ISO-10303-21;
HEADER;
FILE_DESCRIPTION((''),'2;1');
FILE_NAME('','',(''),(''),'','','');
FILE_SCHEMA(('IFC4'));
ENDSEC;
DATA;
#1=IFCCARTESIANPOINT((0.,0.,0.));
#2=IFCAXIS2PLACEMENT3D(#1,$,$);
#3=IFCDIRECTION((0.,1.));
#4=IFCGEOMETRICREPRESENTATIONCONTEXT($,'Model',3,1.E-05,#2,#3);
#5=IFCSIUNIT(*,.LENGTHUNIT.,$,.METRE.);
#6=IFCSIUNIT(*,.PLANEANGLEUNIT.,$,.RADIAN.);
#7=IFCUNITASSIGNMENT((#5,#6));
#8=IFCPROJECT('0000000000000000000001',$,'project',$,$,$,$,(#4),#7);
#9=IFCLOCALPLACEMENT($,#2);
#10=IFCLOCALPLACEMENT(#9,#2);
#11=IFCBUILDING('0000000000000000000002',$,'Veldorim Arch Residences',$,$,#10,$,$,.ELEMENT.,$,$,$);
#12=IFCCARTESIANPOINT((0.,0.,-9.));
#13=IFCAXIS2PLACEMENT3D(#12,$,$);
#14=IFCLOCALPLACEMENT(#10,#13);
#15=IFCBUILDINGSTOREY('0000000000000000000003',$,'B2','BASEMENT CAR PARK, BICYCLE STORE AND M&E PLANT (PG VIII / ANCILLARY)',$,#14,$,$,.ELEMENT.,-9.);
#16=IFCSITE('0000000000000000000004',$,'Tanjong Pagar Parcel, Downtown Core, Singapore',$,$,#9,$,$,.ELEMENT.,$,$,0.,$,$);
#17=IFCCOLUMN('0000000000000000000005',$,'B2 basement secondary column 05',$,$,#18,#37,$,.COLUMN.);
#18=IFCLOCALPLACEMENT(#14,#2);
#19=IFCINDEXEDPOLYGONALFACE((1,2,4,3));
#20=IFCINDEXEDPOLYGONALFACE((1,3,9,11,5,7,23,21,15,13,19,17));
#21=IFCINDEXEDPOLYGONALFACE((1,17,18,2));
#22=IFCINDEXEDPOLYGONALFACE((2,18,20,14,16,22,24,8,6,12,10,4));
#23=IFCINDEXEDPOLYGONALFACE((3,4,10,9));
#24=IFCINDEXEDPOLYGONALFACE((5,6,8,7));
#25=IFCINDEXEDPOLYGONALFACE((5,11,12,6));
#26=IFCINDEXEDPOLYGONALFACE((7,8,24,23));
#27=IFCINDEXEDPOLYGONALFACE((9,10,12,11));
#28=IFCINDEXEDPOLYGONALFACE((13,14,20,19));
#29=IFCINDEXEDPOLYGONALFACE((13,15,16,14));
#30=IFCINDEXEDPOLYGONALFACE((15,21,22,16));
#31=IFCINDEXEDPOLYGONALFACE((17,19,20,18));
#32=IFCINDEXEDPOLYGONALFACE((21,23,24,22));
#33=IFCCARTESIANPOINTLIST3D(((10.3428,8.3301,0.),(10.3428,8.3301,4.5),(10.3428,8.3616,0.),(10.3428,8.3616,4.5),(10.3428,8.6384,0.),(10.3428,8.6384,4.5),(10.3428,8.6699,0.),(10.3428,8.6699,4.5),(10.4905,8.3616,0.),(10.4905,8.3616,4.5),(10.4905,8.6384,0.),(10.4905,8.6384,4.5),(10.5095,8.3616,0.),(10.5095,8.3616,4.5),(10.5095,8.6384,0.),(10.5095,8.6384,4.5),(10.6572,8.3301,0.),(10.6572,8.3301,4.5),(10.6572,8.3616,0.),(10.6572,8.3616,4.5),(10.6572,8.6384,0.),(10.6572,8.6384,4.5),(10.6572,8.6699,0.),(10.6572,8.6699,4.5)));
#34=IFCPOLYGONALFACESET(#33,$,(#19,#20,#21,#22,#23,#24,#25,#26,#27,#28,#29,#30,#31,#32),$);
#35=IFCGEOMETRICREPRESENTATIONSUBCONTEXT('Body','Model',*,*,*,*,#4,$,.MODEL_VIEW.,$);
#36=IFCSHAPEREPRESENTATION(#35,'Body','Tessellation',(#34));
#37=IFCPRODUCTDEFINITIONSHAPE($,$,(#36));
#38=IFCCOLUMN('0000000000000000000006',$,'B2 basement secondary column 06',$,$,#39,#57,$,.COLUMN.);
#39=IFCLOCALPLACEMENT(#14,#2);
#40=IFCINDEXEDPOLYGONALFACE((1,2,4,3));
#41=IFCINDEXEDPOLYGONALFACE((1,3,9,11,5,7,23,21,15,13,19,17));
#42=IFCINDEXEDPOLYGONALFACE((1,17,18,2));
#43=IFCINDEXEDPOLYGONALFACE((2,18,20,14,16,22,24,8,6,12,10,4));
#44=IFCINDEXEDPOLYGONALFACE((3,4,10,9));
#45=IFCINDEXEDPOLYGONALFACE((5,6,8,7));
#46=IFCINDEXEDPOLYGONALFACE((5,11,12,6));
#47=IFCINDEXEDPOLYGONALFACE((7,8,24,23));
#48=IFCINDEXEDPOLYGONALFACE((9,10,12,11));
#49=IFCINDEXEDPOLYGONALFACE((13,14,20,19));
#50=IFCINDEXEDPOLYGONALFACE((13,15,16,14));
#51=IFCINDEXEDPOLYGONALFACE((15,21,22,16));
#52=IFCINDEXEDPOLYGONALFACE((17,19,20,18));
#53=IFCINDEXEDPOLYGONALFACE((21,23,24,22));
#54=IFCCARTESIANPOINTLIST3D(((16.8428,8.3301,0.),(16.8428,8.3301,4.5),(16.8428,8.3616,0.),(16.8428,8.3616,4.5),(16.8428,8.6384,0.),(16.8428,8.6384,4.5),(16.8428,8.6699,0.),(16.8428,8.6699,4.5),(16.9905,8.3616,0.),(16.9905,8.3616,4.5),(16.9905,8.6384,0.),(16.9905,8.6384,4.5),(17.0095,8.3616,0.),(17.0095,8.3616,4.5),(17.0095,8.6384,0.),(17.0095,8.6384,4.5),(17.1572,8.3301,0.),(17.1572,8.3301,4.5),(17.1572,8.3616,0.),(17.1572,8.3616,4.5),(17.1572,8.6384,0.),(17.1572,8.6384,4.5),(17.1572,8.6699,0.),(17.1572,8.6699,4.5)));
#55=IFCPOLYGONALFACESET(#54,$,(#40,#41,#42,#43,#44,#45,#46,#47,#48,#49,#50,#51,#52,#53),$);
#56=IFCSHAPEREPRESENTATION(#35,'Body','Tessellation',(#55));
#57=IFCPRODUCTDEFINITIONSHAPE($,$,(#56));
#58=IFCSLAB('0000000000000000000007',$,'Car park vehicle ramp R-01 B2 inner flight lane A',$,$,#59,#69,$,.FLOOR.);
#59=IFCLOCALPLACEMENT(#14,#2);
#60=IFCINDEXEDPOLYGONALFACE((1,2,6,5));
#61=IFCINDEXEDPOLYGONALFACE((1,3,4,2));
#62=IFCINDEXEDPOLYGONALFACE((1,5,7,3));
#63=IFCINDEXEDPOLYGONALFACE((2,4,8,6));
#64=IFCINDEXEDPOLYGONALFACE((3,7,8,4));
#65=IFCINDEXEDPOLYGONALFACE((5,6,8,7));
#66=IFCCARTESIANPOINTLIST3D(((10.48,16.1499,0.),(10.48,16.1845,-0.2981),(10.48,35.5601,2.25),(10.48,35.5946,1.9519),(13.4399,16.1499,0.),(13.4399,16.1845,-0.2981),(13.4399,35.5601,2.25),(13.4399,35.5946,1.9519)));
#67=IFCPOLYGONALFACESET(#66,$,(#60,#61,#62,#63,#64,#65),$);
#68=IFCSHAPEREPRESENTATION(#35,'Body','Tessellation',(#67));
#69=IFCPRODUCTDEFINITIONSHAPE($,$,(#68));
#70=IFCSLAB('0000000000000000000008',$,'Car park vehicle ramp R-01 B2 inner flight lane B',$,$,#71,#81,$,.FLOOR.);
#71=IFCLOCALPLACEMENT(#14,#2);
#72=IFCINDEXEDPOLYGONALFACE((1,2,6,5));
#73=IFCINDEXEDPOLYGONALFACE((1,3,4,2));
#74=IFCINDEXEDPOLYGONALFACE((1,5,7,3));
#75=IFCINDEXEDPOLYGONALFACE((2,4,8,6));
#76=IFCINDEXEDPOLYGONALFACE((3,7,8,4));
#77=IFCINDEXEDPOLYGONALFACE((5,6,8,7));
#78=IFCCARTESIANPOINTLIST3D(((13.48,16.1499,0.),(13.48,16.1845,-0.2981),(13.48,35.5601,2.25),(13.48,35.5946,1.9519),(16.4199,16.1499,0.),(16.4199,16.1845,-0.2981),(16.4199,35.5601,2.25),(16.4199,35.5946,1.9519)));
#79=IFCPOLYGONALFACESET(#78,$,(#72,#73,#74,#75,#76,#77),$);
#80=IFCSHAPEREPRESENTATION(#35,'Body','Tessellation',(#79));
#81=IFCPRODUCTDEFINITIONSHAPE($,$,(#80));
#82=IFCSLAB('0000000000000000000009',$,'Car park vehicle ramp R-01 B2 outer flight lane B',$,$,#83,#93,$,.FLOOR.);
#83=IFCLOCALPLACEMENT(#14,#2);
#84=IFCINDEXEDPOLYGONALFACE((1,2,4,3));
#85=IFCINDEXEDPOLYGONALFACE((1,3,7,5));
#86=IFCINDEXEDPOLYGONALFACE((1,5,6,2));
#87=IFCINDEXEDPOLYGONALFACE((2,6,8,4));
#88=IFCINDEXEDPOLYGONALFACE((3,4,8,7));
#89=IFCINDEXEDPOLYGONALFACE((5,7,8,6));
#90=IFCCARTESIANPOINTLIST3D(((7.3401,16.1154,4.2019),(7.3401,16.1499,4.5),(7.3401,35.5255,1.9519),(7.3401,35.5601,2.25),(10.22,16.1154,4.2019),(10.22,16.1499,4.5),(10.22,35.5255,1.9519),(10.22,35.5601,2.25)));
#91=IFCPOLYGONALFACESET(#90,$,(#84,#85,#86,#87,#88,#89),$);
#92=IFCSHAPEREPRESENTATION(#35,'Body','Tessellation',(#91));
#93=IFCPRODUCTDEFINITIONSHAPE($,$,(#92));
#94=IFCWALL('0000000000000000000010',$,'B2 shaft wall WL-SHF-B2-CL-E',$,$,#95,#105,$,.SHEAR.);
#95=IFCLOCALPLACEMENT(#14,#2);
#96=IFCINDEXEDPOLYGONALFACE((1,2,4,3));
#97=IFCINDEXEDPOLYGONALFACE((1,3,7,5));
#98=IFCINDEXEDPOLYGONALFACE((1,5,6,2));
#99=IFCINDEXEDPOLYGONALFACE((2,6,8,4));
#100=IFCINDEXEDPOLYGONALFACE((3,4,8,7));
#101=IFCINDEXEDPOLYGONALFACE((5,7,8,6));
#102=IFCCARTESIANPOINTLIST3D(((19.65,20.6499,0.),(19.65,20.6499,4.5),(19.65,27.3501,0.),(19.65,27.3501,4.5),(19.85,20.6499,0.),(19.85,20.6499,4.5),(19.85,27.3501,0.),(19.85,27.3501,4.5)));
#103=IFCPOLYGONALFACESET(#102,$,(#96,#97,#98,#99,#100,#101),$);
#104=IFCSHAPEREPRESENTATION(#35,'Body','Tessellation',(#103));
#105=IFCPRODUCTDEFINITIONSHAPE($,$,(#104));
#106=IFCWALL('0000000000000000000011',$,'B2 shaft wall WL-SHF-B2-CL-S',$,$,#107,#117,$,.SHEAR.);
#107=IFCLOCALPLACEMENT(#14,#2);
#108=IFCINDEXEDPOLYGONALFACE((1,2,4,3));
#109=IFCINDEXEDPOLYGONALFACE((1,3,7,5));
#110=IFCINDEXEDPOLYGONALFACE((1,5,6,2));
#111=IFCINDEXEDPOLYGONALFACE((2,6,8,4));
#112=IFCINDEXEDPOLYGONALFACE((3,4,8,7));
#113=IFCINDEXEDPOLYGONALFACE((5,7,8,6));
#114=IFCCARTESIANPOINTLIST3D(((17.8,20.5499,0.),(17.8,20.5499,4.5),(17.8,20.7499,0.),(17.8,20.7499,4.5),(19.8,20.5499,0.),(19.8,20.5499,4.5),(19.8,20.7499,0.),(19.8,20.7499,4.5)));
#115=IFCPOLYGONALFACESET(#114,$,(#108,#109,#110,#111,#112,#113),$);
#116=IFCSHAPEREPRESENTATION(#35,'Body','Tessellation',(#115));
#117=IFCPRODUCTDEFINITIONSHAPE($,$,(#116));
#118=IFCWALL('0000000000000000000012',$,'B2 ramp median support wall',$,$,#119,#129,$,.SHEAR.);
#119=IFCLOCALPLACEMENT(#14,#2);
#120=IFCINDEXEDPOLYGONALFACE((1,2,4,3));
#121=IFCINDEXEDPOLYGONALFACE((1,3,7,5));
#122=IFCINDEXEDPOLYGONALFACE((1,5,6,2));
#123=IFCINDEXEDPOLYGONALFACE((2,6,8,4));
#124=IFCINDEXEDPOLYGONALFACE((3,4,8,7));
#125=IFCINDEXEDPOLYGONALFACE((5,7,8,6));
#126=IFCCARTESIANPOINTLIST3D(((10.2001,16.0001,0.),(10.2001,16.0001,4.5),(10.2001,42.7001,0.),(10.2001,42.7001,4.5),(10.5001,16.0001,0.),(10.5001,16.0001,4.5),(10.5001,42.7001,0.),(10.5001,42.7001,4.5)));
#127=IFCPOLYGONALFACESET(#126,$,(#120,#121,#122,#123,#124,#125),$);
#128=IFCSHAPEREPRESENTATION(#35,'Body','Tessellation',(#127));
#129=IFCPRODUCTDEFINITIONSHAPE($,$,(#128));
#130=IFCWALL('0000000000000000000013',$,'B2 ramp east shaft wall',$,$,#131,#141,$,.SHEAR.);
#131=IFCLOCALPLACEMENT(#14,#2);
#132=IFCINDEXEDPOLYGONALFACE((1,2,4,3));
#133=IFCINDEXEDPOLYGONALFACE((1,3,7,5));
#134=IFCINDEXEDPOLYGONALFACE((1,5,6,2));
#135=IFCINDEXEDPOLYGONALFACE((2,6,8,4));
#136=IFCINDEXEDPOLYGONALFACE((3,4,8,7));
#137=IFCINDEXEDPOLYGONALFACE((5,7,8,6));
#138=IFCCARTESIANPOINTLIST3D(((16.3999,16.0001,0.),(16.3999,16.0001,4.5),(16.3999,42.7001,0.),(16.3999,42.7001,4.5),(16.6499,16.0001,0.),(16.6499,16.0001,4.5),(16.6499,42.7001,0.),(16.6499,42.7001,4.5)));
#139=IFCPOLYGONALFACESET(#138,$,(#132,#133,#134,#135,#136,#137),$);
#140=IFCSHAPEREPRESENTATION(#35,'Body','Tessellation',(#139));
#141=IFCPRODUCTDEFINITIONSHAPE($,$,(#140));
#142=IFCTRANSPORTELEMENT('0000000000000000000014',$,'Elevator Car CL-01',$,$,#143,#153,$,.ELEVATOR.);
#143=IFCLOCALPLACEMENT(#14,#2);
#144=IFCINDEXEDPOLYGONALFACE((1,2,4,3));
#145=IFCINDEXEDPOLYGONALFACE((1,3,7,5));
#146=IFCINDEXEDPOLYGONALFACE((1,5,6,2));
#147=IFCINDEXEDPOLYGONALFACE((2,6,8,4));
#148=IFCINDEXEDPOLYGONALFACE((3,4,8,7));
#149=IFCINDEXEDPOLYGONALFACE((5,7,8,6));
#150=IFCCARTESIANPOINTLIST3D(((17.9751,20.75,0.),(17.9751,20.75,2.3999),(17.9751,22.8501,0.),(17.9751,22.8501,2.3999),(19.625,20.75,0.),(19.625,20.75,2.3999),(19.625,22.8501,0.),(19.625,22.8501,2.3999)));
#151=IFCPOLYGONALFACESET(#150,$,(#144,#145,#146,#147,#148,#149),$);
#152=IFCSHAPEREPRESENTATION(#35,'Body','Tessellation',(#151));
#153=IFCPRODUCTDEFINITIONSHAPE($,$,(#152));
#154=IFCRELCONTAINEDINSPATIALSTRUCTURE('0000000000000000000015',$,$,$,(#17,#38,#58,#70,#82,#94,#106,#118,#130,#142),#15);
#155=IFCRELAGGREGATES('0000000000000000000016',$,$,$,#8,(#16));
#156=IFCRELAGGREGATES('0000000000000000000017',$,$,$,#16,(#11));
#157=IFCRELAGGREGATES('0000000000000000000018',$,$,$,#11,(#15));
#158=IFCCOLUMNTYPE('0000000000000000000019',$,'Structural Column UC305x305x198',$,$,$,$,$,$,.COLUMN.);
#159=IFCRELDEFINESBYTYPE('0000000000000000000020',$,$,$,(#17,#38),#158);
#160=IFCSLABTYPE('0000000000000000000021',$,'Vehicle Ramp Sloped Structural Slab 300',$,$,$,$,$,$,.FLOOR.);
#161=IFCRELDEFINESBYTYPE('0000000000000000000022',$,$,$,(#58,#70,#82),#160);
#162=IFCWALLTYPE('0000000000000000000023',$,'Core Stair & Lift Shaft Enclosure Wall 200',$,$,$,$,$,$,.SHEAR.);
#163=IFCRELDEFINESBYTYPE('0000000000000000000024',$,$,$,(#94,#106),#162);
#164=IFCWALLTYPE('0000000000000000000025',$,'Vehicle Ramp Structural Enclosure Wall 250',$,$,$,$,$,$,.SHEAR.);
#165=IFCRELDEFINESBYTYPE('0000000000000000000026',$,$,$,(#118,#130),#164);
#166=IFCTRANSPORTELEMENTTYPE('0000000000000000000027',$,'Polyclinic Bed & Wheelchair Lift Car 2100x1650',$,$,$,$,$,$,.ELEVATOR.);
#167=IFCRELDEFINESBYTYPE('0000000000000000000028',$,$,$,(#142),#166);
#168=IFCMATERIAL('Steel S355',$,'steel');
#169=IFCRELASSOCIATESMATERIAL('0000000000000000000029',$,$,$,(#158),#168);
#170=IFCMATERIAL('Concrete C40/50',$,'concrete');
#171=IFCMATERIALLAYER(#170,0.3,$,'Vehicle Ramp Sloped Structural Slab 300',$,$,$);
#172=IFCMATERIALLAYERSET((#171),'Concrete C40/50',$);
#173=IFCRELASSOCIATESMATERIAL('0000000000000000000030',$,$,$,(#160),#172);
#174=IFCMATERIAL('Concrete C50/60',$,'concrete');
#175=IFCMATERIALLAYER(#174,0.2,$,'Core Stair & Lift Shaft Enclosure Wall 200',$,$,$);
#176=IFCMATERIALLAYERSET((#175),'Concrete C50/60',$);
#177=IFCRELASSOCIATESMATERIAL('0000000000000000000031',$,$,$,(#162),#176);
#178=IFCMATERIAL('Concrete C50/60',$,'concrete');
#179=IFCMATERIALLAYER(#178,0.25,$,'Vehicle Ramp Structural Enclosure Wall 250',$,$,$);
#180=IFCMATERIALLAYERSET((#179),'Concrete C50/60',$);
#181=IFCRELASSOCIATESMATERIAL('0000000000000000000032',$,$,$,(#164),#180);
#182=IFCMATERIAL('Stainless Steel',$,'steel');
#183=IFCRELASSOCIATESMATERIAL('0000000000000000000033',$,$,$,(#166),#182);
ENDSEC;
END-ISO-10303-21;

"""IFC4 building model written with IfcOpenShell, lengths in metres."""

from ifc_helpers import new_model, si_unit, direction, frame, frame_2d, origin, origin_2d, place, context, subcontext, project, spatial, polyline, rectangle, i_section, outline, extrude, material, layer, layer_set, material_profile, profile_set, type_object, element, save


model = new_model("IFC4")

# Units and contexts
model_context = context("Model", 3, precision=1e-05, world=origin(), true_north=direction((0.0, 1.0)))
body_context = subcontext(model_context, "Body", "Model", "MODEL_VIEW")
ifc_project = project(units=[si_unit("LENGTHUNIT", "METRE"), si_unit("PLANEANGLEUNIT", "RADIAN")], contexts=[model_context])

# Site, building, storey
site_placement = place(None, origin())
site = spatial("IfcSite", under=ifc_project, at=site_placement, Name="Tanjong Pagar Parcel, Downtown Core, Singapore", CompositionType="ELEMENT", RefElevation=0.0)
building_placement = place(site_placement, origin())
building = spatial("IfcBuilding", under=site, at=building_placement, Name="Veldorim Arch Residences", CompositionType="ELEMENT")
storey_placement = place(building_placement, frame((0.0, 0.0, -9.0)))
storey = spatial("IfcBuildingStorey", under=building, at=storey_placement, Name="B2", Description="BASEMENT CAR PARK, BICYCLE STORE AND M&E PLANT (PG VIII / ANCILLARY)", CompositionType="ELEMENT", Elevation=-9.0)

# Columns
ifc_material_1 = material(Name="Steel S355", Category="steel")
ifc_material_profile_1 = material_profile(ifc_material_1, i_section(OverallWidth=0.3145, OverallDepth=0.3398, WebThickness=0.019, FlangeThickness=0.0315, at=origin_2d()), Name="UC305x305x198")
ifc_profile_set_1 = profile_set([ifc_material_profile_1], Name="Steel S355")
column_type_1 = type_object("IfcColumnType", Name="Structural Column UC305x305x198", PredefinedType="COLUMN", material=ifc_profile_set_1)
for number, where, z_axis, x_axis, name in (
    (1, (10.5, 8.5, 0.0), (0.0, 0.0, 1.0), (1.0, 0.0, 0.0), "B2 basement secondary column 05"),
    (2, (17.0, 8.5, 0.0), (0.0, 0.0, 1.0), (1.0, 0.0, 0.0), "B2 basement secondary column 06"),
):
    element("IfcColumn", number, at=place(storey_placement, frame(where, z_axis=z_axis, x_axis=x_axis)), inside=storey, type_object=column_type_1, Name=name, PredefinedType="COLUMN", context=body_context, shape_type="SweptSolid", body=[
        extrude(i_section(OverallWidth=0.3145, OverallDepth=0.3398, WebThickness=0.019, FlangeThickness=0.0315, at=origin_2d()), origin(), (0.0, 0.0, 1.0), 4.5),
    ])

# Slabs
ifc_material_2 = material(Name="Concrete C40/50", Category="concrete")
ifc_layer_1 = layer(ifc_material_2, 0.3, Name="Vehicle Ramp Sloped Structural Slab 300")
ifc_layer_set_1 = layer_set([ifc_layer_1], Name="Concrete C40/50")
slab_type = type_object("IfcSlabType", Name="Vehicle Ramp Sloped Structural Slab 300", PredefinedType="FLOOR", material=ifc_layer_set_1)
slab_1_placement = place(storey_placement, frame((10.48, 16.1499, 0.0), z_axis=(0.0, -0.115148, 0.993348), x_axis=(1.0, 0.0, 0.0)))
element("IfcSlab", 3, at=slab_1_placement, inside=storey, type_object=slab_type, Name="Car park vehicle ramp R-01 B2 inner flight lane A", PredefinedType="FLOOR", context=body_context, shape_type="SweptSolid", body=[
    extrude(outline(polyline([(0.0, 0.0), (2.96, 0.0), (2.96, 19.5401), (0.0, 19.5401), (0.0, 0.0)])), origin(), (0.0, 0.0, -1.0), 0.3),
])
slab_2_placement = place(storey_placement, frame((13.48, 16.1499, 0.0), z_axis=(0.0, -0.115148, 0.993348), x_axis=(1.0, 0.0, 0.0)))
element("IfcSlab", 4, at=slab_2_placement, inside=storey, type_object=slab_type, Name="Car park vehicle ramp R-01 B2 inner flight lane B", PredefinedType="FLOOR", context=body_context, shape_type="SweptSolid", body=[
    extrude(outline(polyline([(0.0, 0.0), (2.9399, 0.0), (2.9399, 19.5401), (0.0, 19.5401), (0.0, 0.0)])), origin(), (0.0, 0.0, -1.0), 0.3),
])
slab_3_placement = place(storey_placement, frame((7.3401, 16.1499, 4.5), z_axis=(0.0, 0.115148, 0.993348), x_axis=(1.0, 0.0, 0.0)))
element("IfcSlab", 5, at=slab_3_placement, inside=storey, type_object=slab_type, Name="Car park vehicle ramp R-01 B2 outer flight lane B", PredefinedType="FLOOR", context=body_context, shape_type="SweptSolid", body=[
    extrude(outline(polyline([(0.0, 0.0), (2.8799, 0.0), (2.8799, 19.5401), (0.0, 19.5401), (0.0, 0.0)])), origin(), (0.0, 0.0, -1.0), 0.3),
])

# Shared definitions
ifc_material_3 = material(Name="Concrete C50/60", Category="concrete")
ifc_layer_2 = layer(ifc_material_3, 0.2, Name="Core Stair & Lift Shaft Enclosure Wall 200")
ifc_layer_set_2 = layer_set([ifc_layer_2], Name="Concrete C50/60")
wall_type_1 = type_object("IfcWallType", Name="Core Stair & Lift Shaft Enclosure Wall 200", PredefinedType="SHEAR", material=ifc_layer_set_2)

# Walls
wall_1_placement = place(storey_placement, frame((19.75, 20.6499, 0.0), z_axis=(0.0, 0.0, 1.0), x_axis=(0.0, 1.0, 0.0)))
element("IfcWall", 6, at=wall_1_placement, inside=storey, type_object=wall_type_1, Name="B2 shaft wall WL-SHF-B2-CL-E", PredefinedType="SHEAR", context=body_context, shape_type="SweptSolid", body=[
    extrude(rectangle(XDim=6.7002, YDim=0.2, at=frame_2d((3.3501, 0.0))), origin(), (0.0, 0.0, 1.0), 4.5),
])
wall_2_placement = place(storey_placement, frame((17.8, 20.6499, 0.0), z_axis=(0.0, 0.0, 1.0), x_axis=(1.0, 0.0, 0.0)))
element("IfcWall", 7, at=wall_2_placement, inside=storey, type_object=wall_type_1, Name="B2 shaft wall WL-SHF-B2-CL-S", PredefinedType="SHEAR", context=body_context, shape_type="SweptSolid", body=[
    extrude(rectangle(XDim=2.0, YDim=0.2, at=frame_2d((1.0, 0.0))), origin(), (0.0, 0.0, 1.0), 4.5),
])
ifc_material_4 = material(Name="Concrete C50/60", Category="concrete")
ifc_layer_3 = layer(ifc_material_4, 0.25, Name="Vehicle Ramp Structural Enclosure Wall 250")
ifc_layer_set_3 = layer_set([ifc_layer_3], Name="Concrete C50/60")
wall_type_2 = type_object("IfcWallType", Name="Vehicle Ramp Structural Enclosure Wall 250", PredefinedType="SHEAR", material=ifc_layer_set_3)
wall_3_placement = place(storey_placement, frame((10.3501, 16.0, 0.0), z_axis=(0.0, 0.0, 1.0), x_axis=(0.0, 1.0, 0.0)))
element("IfcWall", 8, at=wall_3_placement, inside=storey, type_object=wall_type_2, Name="B2 ramp median support wall", PredefinedType="SHEAR", context=body_context, shape_type="SweptSolid", body=[
    extrude(rectangle(XDim=26.7, YDim=0.3, at=frame_2d((13.3501, 0.0))), origin(), (0.0, 0.0, 1.0), 4.5),
])
wall_4_placement = place(storey_placement, frame((16.5249, 16.0, 0.0), z_axis=(0.0, 0.0, 1.0), x_axis=(0.0, 1.0, 0.0)))
element("IfcWall", 9, at=wall_4_placement, inside=storey, type_object=wall_type_2, Name="B2 ramp east shaft wall", PredefinedType="SHEAR", context=body_context, shape_type="SweptSolid", body=[
    extrude(rectangle(XDim=26.7, YDim=0.25, at=frame_2d((13.3501, 0.0))), origin(), (0.0, 0.0, 1.0), 4.5),
])

# Transport element
ifc_material_5 = material(Name="Stainless Steel", Category="steel")
transport_element_type = type_object("IfcTransportElementType", Name="Polyclinic Bed & Wheelchair Lift Car 2100x1650", PredefinedType="ELEVATOR", material=ifc_material_5)
transport_element_placement = place(storey_placement, frame((18.8, 21.8, 0.0), z_axis=(0.0, 0.0, 1.0), x_axis=(0.0, 1.0, 0.0)))
element("IfcTransportElement", 10, at=transport_element_placement, inside=storey, type_object=transport_element_type, Name="Elevator Car CL-01", PredefinedType="ELEVATOR", context=body_context, shape_type="SweptSolid", body=[
    extrude(rectangle(XDim=2.1001, YDim=1.6499, at=origin_2d()), origin(), (0.0, 0.0, 1.0), 2.3999),
])

save(model, "model.ifc")
